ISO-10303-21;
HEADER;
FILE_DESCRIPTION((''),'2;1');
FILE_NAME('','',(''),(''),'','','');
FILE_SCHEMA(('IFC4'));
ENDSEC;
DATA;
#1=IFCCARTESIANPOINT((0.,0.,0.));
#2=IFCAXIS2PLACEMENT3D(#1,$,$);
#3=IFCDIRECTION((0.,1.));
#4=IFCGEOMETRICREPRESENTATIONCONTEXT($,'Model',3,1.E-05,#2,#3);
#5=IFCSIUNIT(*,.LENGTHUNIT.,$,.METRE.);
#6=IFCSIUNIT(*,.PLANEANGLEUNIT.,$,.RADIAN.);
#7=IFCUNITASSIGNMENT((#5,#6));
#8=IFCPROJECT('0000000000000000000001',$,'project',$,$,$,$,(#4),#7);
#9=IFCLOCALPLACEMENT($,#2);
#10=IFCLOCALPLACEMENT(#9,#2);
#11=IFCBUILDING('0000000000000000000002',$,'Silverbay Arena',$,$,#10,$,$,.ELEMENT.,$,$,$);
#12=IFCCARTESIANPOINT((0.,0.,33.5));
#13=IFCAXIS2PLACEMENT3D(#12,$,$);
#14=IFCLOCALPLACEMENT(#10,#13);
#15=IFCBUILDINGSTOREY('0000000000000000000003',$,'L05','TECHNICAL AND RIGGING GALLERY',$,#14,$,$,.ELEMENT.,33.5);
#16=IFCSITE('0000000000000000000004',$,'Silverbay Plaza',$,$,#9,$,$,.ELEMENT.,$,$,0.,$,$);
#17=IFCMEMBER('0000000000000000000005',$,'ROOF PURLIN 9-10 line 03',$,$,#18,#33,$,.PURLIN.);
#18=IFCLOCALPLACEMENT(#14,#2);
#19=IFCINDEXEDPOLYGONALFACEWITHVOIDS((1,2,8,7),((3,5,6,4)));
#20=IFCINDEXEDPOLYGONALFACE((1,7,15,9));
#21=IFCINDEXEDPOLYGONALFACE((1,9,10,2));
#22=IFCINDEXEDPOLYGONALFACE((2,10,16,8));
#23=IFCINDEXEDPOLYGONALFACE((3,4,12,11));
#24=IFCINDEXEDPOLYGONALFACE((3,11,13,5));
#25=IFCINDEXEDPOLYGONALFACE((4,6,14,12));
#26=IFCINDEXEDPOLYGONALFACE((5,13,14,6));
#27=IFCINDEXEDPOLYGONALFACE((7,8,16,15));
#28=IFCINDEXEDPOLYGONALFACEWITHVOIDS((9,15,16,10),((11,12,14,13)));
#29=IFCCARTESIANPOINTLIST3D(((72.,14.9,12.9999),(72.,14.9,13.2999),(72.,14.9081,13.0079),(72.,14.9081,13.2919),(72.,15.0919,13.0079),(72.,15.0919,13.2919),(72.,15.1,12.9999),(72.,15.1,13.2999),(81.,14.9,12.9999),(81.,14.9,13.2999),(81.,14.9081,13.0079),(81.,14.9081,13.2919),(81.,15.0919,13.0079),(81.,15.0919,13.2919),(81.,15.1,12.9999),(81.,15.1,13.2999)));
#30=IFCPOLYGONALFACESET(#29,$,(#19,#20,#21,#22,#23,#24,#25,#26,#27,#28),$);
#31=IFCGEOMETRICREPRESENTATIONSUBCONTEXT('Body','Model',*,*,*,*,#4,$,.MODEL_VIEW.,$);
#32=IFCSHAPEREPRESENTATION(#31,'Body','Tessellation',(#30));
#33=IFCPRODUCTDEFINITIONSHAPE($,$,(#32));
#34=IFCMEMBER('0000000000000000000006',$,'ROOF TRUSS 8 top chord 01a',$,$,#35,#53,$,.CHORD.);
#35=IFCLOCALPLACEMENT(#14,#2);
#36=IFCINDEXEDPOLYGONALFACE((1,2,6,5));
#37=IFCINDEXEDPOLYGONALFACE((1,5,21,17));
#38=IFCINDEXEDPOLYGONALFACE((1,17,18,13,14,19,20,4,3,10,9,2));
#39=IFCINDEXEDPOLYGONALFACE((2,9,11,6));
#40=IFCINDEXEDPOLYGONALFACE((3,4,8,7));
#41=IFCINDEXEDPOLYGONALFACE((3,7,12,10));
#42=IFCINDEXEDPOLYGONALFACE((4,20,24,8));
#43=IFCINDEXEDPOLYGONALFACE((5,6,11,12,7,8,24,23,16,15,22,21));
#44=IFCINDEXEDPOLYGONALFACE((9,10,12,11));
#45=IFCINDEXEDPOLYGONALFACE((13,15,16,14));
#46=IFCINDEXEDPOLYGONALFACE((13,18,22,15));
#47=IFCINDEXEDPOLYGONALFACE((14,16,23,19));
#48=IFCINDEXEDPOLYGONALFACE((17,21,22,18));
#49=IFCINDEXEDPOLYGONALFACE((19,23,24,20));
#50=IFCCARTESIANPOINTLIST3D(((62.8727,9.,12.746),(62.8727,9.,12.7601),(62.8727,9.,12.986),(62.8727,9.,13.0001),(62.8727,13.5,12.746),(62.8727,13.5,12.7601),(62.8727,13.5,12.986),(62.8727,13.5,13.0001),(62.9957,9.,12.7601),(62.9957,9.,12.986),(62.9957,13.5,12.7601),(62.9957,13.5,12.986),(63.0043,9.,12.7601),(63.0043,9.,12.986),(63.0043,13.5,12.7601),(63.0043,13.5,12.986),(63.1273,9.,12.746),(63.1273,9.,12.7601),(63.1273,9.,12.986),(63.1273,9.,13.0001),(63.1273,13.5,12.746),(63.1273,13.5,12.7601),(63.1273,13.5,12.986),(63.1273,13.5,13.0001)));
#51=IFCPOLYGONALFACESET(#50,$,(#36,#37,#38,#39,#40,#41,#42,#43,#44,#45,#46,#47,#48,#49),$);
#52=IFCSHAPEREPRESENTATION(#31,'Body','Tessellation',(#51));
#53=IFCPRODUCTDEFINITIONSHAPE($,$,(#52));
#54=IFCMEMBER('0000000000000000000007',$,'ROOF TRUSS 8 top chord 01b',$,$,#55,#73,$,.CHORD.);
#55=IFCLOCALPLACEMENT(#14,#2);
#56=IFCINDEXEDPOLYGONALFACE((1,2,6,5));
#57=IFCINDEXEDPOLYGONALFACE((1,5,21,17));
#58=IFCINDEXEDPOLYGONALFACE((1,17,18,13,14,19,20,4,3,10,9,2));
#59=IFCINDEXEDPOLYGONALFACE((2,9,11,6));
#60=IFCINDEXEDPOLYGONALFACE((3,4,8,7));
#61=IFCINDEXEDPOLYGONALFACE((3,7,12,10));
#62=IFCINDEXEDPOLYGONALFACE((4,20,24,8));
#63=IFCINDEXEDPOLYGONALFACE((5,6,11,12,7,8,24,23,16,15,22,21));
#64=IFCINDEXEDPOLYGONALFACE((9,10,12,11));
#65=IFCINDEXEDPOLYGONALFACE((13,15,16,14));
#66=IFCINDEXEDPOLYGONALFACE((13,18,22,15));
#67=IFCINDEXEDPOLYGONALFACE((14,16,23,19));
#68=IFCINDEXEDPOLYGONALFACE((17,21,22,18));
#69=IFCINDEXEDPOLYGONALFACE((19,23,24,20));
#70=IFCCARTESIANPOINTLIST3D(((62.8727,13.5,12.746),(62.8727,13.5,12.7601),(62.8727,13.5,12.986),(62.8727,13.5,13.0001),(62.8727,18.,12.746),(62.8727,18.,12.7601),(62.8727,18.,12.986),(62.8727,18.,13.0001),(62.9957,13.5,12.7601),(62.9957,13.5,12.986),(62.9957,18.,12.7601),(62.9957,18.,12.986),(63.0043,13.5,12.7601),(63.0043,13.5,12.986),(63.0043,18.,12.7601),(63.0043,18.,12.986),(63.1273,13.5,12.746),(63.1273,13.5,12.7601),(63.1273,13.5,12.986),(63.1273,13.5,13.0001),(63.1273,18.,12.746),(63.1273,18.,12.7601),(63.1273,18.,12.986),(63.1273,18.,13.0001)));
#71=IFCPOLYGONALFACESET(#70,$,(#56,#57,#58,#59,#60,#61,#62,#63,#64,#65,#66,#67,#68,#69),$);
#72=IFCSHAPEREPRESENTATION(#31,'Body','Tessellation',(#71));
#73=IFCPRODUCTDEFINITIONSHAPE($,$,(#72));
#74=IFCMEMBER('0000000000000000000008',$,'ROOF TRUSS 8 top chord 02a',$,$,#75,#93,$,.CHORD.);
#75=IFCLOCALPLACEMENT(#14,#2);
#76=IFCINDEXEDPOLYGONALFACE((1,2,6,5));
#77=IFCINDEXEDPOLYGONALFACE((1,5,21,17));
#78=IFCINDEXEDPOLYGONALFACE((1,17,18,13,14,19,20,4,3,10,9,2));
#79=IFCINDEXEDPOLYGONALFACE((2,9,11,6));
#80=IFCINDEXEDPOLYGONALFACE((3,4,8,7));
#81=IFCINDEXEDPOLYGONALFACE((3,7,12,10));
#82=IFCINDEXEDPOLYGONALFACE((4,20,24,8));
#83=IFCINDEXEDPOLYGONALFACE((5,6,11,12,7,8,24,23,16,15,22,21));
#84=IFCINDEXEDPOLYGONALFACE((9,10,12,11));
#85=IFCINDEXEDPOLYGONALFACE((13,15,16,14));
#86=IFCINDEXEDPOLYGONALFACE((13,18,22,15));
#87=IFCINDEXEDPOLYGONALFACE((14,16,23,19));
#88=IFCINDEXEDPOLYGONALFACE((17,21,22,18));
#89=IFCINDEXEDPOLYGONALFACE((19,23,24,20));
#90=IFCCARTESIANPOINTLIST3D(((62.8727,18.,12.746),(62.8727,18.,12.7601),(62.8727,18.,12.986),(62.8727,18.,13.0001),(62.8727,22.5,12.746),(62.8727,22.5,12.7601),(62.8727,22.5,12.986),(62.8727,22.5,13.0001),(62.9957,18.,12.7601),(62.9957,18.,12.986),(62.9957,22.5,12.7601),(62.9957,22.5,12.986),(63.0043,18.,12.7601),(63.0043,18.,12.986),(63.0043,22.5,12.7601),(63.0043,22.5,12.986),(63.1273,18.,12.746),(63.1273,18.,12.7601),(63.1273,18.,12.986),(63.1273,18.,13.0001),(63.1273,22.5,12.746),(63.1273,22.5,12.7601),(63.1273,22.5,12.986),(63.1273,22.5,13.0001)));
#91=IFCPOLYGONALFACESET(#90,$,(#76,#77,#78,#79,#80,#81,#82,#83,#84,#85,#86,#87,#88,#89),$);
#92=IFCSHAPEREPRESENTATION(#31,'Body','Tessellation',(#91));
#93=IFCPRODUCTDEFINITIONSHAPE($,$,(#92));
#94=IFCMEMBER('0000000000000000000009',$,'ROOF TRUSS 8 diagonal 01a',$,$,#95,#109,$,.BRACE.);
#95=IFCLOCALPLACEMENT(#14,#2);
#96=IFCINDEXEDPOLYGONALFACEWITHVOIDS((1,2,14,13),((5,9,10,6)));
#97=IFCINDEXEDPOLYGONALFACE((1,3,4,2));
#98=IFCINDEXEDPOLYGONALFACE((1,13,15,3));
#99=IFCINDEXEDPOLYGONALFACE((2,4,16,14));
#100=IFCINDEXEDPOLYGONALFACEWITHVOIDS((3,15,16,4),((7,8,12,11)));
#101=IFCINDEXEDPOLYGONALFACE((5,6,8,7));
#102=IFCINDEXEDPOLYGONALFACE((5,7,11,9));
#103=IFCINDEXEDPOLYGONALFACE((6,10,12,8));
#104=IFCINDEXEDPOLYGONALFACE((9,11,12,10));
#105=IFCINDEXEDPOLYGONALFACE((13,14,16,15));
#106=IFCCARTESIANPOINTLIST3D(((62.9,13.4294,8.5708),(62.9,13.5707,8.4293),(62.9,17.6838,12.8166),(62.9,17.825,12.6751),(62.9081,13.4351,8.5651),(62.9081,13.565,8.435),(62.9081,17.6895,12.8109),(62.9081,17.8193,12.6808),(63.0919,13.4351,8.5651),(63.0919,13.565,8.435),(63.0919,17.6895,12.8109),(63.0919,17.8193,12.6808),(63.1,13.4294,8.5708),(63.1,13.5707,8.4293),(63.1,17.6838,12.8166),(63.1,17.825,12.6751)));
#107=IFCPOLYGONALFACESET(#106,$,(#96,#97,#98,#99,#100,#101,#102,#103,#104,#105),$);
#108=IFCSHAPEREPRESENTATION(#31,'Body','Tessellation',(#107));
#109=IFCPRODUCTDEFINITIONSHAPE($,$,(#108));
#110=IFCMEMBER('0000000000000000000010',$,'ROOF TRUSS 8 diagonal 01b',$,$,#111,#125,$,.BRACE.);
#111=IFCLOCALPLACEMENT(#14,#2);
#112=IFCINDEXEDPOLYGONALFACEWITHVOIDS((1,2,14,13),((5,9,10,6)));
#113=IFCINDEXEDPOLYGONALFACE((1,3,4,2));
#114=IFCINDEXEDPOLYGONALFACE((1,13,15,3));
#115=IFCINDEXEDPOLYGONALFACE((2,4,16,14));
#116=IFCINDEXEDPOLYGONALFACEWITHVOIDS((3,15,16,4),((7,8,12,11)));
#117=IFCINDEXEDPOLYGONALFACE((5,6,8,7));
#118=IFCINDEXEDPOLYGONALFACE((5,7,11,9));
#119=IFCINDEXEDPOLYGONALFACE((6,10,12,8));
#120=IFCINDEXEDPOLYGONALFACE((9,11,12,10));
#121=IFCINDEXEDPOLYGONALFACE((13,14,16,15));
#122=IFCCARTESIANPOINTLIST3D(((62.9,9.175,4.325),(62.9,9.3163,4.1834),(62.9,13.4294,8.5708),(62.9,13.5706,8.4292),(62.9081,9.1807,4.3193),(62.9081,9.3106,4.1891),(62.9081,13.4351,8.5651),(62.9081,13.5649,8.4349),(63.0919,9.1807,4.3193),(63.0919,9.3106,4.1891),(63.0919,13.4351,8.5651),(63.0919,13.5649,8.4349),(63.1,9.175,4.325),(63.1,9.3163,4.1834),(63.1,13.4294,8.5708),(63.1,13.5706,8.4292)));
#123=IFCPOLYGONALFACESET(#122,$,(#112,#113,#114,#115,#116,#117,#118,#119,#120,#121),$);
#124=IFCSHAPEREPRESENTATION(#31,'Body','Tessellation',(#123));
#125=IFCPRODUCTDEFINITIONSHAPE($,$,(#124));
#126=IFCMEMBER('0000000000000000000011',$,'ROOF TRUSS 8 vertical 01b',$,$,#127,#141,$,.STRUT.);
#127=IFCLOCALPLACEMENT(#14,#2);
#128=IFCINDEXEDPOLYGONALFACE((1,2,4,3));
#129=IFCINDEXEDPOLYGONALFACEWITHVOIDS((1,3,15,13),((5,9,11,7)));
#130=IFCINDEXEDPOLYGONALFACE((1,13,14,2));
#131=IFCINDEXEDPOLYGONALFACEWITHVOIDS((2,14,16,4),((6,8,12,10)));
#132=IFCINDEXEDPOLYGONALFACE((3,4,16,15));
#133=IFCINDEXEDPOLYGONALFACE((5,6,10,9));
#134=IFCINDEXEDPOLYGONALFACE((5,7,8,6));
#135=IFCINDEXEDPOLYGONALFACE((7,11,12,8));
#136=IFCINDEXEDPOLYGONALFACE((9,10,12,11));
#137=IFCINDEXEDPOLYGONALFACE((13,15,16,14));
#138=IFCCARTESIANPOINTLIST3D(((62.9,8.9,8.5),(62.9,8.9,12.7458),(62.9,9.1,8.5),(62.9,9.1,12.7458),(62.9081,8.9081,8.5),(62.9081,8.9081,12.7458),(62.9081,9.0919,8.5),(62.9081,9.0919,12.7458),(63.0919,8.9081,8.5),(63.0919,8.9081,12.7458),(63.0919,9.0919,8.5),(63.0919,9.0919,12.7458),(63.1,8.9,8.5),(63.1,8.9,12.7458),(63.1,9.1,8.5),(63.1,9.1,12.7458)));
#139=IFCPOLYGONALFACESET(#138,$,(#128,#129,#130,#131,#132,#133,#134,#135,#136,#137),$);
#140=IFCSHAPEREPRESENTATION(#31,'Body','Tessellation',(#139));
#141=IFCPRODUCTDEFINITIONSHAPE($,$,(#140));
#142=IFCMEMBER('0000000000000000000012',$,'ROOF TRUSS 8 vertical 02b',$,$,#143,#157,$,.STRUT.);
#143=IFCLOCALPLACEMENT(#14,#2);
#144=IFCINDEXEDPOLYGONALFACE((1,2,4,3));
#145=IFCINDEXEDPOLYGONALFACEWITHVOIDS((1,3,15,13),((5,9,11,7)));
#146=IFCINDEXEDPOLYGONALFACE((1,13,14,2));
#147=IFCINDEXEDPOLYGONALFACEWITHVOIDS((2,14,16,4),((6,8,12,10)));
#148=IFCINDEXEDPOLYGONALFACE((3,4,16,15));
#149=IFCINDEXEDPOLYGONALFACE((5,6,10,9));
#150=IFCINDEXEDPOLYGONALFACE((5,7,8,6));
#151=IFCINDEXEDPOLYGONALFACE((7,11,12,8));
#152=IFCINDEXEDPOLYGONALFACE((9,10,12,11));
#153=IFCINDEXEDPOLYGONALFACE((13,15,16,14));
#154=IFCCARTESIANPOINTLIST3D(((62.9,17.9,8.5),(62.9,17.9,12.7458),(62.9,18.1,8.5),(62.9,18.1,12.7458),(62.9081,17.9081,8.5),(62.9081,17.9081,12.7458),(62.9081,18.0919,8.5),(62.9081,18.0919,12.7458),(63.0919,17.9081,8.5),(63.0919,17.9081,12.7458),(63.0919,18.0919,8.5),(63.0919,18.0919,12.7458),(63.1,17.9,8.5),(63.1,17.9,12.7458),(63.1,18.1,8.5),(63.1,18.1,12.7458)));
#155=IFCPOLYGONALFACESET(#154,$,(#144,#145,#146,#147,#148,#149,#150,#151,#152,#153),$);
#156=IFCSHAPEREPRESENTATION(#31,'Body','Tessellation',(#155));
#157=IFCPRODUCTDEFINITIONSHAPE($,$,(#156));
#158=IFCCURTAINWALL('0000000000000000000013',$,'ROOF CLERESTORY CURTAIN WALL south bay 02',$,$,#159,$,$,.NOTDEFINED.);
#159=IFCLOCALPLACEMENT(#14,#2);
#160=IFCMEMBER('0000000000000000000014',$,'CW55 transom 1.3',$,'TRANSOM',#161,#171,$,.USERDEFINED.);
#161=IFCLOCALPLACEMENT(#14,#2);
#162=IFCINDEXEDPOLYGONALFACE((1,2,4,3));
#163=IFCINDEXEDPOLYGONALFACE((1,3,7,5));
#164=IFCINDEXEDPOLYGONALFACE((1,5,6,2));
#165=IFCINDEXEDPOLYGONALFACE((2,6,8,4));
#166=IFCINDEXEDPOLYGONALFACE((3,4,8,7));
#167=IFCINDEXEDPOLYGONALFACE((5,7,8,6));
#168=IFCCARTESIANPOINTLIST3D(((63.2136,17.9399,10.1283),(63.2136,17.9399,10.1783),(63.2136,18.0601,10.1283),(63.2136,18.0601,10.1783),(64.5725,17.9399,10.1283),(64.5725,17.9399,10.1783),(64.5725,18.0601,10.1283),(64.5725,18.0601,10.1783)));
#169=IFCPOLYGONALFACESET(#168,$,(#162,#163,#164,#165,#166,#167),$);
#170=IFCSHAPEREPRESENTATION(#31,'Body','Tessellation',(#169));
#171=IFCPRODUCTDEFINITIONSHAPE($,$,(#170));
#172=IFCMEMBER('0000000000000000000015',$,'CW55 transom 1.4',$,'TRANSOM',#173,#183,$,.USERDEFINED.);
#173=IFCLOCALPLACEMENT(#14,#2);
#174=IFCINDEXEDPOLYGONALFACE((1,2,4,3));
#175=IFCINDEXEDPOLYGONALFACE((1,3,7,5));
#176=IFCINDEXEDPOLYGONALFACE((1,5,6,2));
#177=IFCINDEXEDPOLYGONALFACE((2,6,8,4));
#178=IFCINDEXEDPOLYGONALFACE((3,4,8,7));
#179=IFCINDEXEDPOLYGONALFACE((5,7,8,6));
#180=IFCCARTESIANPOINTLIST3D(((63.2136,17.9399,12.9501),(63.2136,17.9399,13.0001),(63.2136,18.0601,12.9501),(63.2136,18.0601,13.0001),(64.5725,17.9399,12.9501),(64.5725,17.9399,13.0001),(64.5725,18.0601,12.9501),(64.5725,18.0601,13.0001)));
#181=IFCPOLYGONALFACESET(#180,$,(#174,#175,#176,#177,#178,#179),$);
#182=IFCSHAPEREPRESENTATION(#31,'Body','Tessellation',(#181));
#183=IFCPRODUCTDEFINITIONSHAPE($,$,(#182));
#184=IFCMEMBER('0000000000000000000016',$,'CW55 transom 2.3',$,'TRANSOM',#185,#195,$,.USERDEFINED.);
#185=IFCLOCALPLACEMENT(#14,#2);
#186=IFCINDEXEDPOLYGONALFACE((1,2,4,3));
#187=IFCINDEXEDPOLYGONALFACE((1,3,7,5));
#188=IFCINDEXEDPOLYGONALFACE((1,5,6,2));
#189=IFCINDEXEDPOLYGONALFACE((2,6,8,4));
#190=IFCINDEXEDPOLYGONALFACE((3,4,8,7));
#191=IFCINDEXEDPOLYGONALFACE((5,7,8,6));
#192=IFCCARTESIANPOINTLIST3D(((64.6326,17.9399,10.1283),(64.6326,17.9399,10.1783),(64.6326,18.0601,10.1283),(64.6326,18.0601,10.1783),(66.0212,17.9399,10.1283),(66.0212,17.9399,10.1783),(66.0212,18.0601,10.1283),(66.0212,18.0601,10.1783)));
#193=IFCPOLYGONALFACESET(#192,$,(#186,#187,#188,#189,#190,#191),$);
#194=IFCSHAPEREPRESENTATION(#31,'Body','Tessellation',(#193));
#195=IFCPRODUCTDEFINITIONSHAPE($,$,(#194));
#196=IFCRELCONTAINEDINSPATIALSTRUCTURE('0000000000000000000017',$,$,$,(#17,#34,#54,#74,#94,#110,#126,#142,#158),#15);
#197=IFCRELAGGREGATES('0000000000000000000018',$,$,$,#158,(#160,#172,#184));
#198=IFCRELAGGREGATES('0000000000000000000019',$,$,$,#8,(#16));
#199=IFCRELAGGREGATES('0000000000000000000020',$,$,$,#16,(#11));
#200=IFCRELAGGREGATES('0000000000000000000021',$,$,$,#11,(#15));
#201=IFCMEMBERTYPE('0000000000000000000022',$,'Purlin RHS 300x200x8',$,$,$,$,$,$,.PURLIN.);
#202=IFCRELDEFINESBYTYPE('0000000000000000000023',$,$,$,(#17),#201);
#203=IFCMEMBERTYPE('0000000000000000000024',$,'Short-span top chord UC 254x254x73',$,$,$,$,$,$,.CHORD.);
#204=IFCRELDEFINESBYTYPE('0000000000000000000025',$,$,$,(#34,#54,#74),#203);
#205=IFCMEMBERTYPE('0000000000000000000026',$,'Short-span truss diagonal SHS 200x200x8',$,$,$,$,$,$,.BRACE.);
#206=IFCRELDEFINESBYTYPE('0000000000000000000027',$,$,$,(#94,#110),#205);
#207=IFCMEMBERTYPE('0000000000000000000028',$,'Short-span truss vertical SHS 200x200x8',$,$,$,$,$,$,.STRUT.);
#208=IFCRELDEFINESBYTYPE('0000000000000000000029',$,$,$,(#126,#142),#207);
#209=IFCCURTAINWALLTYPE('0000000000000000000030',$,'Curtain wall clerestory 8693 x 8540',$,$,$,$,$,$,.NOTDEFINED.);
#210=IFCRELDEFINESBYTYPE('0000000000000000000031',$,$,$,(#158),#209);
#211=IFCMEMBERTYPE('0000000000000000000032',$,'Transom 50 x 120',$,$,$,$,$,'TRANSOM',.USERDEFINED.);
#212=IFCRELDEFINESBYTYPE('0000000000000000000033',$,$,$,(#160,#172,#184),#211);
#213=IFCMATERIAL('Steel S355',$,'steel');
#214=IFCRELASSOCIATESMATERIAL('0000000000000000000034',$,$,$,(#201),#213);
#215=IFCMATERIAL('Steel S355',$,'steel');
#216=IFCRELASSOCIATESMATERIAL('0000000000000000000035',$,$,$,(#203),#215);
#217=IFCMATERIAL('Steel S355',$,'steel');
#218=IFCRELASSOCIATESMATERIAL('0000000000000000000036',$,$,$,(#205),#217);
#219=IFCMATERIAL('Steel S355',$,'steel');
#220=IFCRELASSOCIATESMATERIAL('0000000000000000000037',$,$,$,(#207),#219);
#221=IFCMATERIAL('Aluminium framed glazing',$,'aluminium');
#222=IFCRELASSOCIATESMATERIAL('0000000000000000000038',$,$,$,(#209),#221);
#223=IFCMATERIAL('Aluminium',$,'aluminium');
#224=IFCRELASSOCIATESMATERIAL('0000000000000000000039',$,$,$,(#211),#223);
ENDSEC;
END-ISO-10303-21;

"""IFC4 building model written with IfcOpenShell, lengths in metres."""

from ifc_helpers import new_model, si_unit, direction, frame, origin, origin_2d, place, context, subcontext, project, spatial, rectangle, hollow_rectangle, i_section, extrude, material, material_profile, profile_set, type_object, element, aggregate, save


model = new_model("IFC4")

# Units and contexts
model_context = context("Model", 3, precision=1e-05, world=origin(), true_north=direction((0.0, 1.0)))
body_context = subcontext(model_context, "Body", "Model", "MODEL_VIEW")
ifc_project = project(units=[si_unit("LENGTHUNIT", "METRE"), si_unit("PLANEANGLEUNIT", "RADIAN")], contexts=[model_context])

# Site, building, storey
site_placement = place(None, origin())
site = spatial("IfcSite", under=ifc_project, at=site_placement, Name="Silverbay Plaza", CompositionType="ELEMENT", RefElevation=0.0)
building_placement = place(site_placement, origin())
building = spatial("IfcBuilding", under=site, at=building_placement, Name="Silverbay Arena", CompositionType="ELEMENT")
storey_placement = place(building_placement, frame((0.0, 0.0, 33.5)))
storey = spatial("IfcBuildingStorey", under=building, at=storey_placement, Name="L05", Description="TECHNICAL AND RIGGING GALLERY", CompositionType="ELEMENT", Elevation=33.5)

# Members
ifc_material_1 = material(Name="Steel S355", Category="steel")
ifc_material_profile_1 = material_profile(ifc_material_1, hollow_rectangle(XDim=0.2, YDim=0.3, WallThickness=0.0081, at=origin_2d()), Name="RHS 300x200x8")
ifc_profile_set_1 = profile_set([ifc_material_profile_1], Name="Steel S355")
member_type_1 = type_object("IfcMemberType", Name="Purlin RHS 300x200x8", PredefinedType="PURLIN", material=ifc_profile_set_1)
for number, where, z_axis, x_axis, name in (
    (1, (72.0, 15.0, 13.1499), (1.0, 0.0, 0.0), (0.0, 1.0, 0.0), "ROOF PURLIN 9-10 line 03"),
):
    element("IfcMember", number, at=place(storey_placement, frame(where, z_axis=z_axis, x_axis=x_axis)), inside=storey, type_object=member_type_1, Name=name, PredefinedType="PURLIN", context=body_context, shape_type="SweptSolid", body=[
        extrude(hollow_rectangle(XDim=0.2, YDim=0.3, WallThickness=0.0081, at=origin_2d()), origin(), (0.0, 0.0, 1.0), 9.0),
    ])
ifc_material_2 = material(Name="Steel S355", Category="steel")
ifc_material_profile_2 = material_profile(ifc_material_2, i_section(OverallWidth=0.2546, OverallDepth=0.2542, WebThickness=0.0085, FlangeThickness=0.0142, at=origin_2d()), Name="UC 254x254x73")
ifc_profile_set_2 = profile_set([ifc_material_profile_2], Name="Steel S355")
member_type_2 = type_object("IfcMemberType", Name="Short-span top chord UC 254x254x73", PredefinedType="CHORD", material=ifc_profile_set_2)
for number, where, z_axis, x_axis, name in (
    (2, (63.0, 9.0, 12.873), (0.0, 1.0, 0.0), (-1.0, 0.0, 0.0), "ROOF TRUSS 8 top chord 01a"),
    (3, (63.0, 13.5, 12.873), (0.0, 1.0, 0.0), (-1.0, 0.0, 0.0), "ROOF TRUSS 8 top chord 01b"),
    (4, (63.0, 18.0, 12.873), (0.0, 1.0, 0.0), (-1.0, 0.0, 0.0), "ROOF TRUSS 8 top chord 02a"),
):
    element("IfcMember", number, at=place(storey_placement, frame(where, z_axis=z_axis, x_axis=x_axis)), inside=storey, type_object=member_type_2, Name=name, PredefinedType="CHORD", context=body_context, shape_type="SweptSolid", body=[
        extrude(i_section(OverallWidth=0.2546, OverallDepth=0.2542, WebThickness=0.0085, FlangeThickness=0.0142, at=origin_2d()), origin(), (0.0, 0.0, 1.0), 4.5),
    ])
ifc_material_3 = material(Name="Steel S355", Category="steel")
ifc_material_profile_3 = material_profile(ifc_material_3, hollow_rectangle(XDim=0.2, YDim=0.2, WallThickness=0.0081, at=origin_2d()), Name="SHS 200x200x8")
ifc_profile_set_3 = profile_set([ifc_material_profile_3], Name="Steel S355")
member_type_3 = type_object("IfcMemberType", Name="Short-span truss diagonal SHS 200x200x8", PredefinedType="BRACE", material=ifc_profile_set_3)
for number, where, z_axis, x_axis, name in (
    (5, (63.0, 17.7544, 12.7458), (0.0, -0.707817, -0.706396), (1.0, 0.0, 0.0), "ROOF TRUSS 8 diagonal 01a"),
    (6, (63.0, 13.5, 8.5), (0.0, -0.707817, -0.706396), (1.0, 0.0, 0.0), "ROOF TRUSS 8 diagonal 01b"),
):
    element("IfcMember", number, at=place(storey_placement, frame(where, z_axis=z_axis, x_axis=x_axis)), inside=storey, type_object=member_type_3, Name=name, PredefinedType="BRACE", context=body_context, shape_type="SweptSolid", body=[
        extrude(hollow_rectangle(XDim=0.2, YDim=0.2, WallThickness=0.0081, at=origin_2d()), origin(), (0.0, 0.0, 1.0), 6.0105),
    ])
ifc_material_4 = material(Name="Steel S355", Category="steel")
ifc_material_profile_4 = material_profile(ifc_material_4, hollow_rectangle(XDim=0.2, YDim=0.2, WallThickness=0.0081, at=origin_2d()), Name="SHS 200x200x8")
ifc_profile_set_4 = profile_set([ifc_material_profile_4], Name="Steel S355")
member_type_4 = type_object("IfcMemberType", Name="Short-span truss vertical SHS 200x200x8", PredefinedType="STRUT", material=ifc_profile_set_4)
for number, where, z_axis, x_axis, name in (
    (7, (63.0, 9.0, 8.5), (0.0, 0.0, 1.0), (1.0, 0.0, 0.0), "ROOF TRUSS 8 vertical 01b"),
    (8, (63.0, 18.0, 8.5), (0.0, 0.0, 1.0), (1.0, 0.0, 0.0), "ROOF TRUSS 8 vertical 02b"),
):
    element("IfcMember", number, at=place(storey_placement, frame(where, z_axis=z_axis, x_axis=x_axis)), inside=storey, type_object=member_type_4, Name=name, PredefinedType="STRUT", context=body_context, shape_type="SweptSolid", body=[
        extrude(hollow_rectangle(XDim=0.2, YDim=0.2, WallThickness=0.0081, at=origin_2d()), origin(), (0.0, 0.0, 1.0), 4.2458),
    ])

# Curtain wall, members
ifc_material_5 = material(Name="Aluminium framed glazing", Category="aluminium")
curtain_wall_type = type_object("IfcCurtainWallType", Name="Curtain wall clerestory 8693 x 8540", PredefinedType="NOTDEFINED", material=ifc_material_5)
curtain_wall_placement = place(storey_placement, origin())
curtain_wall = element("IfcCurtainWall", 9, at=curtain_wall_placement, inside=storey, type_object=curtain_wall_type, Name="ROOF CLERESTORY CURTAIN WALL south bay 02", PredefinedType="NOTDEFINED")
ifc_material_6 = material(Name="Aluminium", Category="aluminium")
ifc_material_profile_5 = material_profile(ifc_material_6, rectangle(XDim=0.1201, YDim=0.05, at=origin_2d()), Name="Transom 50 x 120")
ifc_profile_set_5 = profile_set([ifc_material_profile_5], Name="Aluminium")
member_type_5 = type_object("IfcMemberType", Name="Transom 50 x 120", ElementType="TRANSOM", PredefinedType="USERDEFINED", material=ifc_profile_set_5)
member_1_placement = place(storey_placement, frame((63.2136, 18.0, 10.1533), z_axis=(1.0, 0.0, 0.0), x_axis=(0.0, 1.0, 0.0)))
member_1 = element("IfcMember", 10, at=member_1_placement, type_object=member_type_5, Name="CW55 transom 1.3", ObjectType="TRANSOM", PredefinedType="USERDEFINED", context=body_context, shape_type="SweptSolid", body=[
    extrude(rectangle(XDim=0.1201, YDim=0.05, at=origin_2d()), origin(), (0.0, 0.0, 1.0), 1.3589),
])
member_2_placement = place(storey_placement, frame((63.2136, 18.0, 12.9751), z_axis=(1.0, 0.0, 0.0), x_axis=(0.0, 1.0, 0.0)))
member_2 = element("IfcMember", 11, at=member_2_placement, type_object=member_type_5, Name="CW55 transom 1.4", ObjectType="TRANSOM", PredefinedType="USERDEFINED", context=body_context, shape_type="SweptSolid", body=[
    extrude(rectangle(XDim=0.1201, YDim=0.05, at=origin_2d()), origin(), (0.0, 0.0, 1.0), 1.3589),
])
member_3_placement = place(storey_placement, frame((64.6326, 18.0, 10.1533), z_axis=(1.0, 0.0, 0.0), x_axis=(0.0, 1.0, 0.0)))
member_3 = element("IfcMember", 12, at=member_3_placement, type_object=member_type_5, Name="CW55 transom 2.3", ObjectType="TRANSOM", PredefinedType="USERDEFINED", context=body_context, shape_type="SweptSolid", body=[
    extrude(rectangle(XDim=0.1201, YDim=0.05, at=origin_2d()), origin(), (0.0, 0.0, 1.0), 1.3887),
])
aggregate(curtain_wall, [member_1, member_2, member_3])

save(model, "model.ifc")
